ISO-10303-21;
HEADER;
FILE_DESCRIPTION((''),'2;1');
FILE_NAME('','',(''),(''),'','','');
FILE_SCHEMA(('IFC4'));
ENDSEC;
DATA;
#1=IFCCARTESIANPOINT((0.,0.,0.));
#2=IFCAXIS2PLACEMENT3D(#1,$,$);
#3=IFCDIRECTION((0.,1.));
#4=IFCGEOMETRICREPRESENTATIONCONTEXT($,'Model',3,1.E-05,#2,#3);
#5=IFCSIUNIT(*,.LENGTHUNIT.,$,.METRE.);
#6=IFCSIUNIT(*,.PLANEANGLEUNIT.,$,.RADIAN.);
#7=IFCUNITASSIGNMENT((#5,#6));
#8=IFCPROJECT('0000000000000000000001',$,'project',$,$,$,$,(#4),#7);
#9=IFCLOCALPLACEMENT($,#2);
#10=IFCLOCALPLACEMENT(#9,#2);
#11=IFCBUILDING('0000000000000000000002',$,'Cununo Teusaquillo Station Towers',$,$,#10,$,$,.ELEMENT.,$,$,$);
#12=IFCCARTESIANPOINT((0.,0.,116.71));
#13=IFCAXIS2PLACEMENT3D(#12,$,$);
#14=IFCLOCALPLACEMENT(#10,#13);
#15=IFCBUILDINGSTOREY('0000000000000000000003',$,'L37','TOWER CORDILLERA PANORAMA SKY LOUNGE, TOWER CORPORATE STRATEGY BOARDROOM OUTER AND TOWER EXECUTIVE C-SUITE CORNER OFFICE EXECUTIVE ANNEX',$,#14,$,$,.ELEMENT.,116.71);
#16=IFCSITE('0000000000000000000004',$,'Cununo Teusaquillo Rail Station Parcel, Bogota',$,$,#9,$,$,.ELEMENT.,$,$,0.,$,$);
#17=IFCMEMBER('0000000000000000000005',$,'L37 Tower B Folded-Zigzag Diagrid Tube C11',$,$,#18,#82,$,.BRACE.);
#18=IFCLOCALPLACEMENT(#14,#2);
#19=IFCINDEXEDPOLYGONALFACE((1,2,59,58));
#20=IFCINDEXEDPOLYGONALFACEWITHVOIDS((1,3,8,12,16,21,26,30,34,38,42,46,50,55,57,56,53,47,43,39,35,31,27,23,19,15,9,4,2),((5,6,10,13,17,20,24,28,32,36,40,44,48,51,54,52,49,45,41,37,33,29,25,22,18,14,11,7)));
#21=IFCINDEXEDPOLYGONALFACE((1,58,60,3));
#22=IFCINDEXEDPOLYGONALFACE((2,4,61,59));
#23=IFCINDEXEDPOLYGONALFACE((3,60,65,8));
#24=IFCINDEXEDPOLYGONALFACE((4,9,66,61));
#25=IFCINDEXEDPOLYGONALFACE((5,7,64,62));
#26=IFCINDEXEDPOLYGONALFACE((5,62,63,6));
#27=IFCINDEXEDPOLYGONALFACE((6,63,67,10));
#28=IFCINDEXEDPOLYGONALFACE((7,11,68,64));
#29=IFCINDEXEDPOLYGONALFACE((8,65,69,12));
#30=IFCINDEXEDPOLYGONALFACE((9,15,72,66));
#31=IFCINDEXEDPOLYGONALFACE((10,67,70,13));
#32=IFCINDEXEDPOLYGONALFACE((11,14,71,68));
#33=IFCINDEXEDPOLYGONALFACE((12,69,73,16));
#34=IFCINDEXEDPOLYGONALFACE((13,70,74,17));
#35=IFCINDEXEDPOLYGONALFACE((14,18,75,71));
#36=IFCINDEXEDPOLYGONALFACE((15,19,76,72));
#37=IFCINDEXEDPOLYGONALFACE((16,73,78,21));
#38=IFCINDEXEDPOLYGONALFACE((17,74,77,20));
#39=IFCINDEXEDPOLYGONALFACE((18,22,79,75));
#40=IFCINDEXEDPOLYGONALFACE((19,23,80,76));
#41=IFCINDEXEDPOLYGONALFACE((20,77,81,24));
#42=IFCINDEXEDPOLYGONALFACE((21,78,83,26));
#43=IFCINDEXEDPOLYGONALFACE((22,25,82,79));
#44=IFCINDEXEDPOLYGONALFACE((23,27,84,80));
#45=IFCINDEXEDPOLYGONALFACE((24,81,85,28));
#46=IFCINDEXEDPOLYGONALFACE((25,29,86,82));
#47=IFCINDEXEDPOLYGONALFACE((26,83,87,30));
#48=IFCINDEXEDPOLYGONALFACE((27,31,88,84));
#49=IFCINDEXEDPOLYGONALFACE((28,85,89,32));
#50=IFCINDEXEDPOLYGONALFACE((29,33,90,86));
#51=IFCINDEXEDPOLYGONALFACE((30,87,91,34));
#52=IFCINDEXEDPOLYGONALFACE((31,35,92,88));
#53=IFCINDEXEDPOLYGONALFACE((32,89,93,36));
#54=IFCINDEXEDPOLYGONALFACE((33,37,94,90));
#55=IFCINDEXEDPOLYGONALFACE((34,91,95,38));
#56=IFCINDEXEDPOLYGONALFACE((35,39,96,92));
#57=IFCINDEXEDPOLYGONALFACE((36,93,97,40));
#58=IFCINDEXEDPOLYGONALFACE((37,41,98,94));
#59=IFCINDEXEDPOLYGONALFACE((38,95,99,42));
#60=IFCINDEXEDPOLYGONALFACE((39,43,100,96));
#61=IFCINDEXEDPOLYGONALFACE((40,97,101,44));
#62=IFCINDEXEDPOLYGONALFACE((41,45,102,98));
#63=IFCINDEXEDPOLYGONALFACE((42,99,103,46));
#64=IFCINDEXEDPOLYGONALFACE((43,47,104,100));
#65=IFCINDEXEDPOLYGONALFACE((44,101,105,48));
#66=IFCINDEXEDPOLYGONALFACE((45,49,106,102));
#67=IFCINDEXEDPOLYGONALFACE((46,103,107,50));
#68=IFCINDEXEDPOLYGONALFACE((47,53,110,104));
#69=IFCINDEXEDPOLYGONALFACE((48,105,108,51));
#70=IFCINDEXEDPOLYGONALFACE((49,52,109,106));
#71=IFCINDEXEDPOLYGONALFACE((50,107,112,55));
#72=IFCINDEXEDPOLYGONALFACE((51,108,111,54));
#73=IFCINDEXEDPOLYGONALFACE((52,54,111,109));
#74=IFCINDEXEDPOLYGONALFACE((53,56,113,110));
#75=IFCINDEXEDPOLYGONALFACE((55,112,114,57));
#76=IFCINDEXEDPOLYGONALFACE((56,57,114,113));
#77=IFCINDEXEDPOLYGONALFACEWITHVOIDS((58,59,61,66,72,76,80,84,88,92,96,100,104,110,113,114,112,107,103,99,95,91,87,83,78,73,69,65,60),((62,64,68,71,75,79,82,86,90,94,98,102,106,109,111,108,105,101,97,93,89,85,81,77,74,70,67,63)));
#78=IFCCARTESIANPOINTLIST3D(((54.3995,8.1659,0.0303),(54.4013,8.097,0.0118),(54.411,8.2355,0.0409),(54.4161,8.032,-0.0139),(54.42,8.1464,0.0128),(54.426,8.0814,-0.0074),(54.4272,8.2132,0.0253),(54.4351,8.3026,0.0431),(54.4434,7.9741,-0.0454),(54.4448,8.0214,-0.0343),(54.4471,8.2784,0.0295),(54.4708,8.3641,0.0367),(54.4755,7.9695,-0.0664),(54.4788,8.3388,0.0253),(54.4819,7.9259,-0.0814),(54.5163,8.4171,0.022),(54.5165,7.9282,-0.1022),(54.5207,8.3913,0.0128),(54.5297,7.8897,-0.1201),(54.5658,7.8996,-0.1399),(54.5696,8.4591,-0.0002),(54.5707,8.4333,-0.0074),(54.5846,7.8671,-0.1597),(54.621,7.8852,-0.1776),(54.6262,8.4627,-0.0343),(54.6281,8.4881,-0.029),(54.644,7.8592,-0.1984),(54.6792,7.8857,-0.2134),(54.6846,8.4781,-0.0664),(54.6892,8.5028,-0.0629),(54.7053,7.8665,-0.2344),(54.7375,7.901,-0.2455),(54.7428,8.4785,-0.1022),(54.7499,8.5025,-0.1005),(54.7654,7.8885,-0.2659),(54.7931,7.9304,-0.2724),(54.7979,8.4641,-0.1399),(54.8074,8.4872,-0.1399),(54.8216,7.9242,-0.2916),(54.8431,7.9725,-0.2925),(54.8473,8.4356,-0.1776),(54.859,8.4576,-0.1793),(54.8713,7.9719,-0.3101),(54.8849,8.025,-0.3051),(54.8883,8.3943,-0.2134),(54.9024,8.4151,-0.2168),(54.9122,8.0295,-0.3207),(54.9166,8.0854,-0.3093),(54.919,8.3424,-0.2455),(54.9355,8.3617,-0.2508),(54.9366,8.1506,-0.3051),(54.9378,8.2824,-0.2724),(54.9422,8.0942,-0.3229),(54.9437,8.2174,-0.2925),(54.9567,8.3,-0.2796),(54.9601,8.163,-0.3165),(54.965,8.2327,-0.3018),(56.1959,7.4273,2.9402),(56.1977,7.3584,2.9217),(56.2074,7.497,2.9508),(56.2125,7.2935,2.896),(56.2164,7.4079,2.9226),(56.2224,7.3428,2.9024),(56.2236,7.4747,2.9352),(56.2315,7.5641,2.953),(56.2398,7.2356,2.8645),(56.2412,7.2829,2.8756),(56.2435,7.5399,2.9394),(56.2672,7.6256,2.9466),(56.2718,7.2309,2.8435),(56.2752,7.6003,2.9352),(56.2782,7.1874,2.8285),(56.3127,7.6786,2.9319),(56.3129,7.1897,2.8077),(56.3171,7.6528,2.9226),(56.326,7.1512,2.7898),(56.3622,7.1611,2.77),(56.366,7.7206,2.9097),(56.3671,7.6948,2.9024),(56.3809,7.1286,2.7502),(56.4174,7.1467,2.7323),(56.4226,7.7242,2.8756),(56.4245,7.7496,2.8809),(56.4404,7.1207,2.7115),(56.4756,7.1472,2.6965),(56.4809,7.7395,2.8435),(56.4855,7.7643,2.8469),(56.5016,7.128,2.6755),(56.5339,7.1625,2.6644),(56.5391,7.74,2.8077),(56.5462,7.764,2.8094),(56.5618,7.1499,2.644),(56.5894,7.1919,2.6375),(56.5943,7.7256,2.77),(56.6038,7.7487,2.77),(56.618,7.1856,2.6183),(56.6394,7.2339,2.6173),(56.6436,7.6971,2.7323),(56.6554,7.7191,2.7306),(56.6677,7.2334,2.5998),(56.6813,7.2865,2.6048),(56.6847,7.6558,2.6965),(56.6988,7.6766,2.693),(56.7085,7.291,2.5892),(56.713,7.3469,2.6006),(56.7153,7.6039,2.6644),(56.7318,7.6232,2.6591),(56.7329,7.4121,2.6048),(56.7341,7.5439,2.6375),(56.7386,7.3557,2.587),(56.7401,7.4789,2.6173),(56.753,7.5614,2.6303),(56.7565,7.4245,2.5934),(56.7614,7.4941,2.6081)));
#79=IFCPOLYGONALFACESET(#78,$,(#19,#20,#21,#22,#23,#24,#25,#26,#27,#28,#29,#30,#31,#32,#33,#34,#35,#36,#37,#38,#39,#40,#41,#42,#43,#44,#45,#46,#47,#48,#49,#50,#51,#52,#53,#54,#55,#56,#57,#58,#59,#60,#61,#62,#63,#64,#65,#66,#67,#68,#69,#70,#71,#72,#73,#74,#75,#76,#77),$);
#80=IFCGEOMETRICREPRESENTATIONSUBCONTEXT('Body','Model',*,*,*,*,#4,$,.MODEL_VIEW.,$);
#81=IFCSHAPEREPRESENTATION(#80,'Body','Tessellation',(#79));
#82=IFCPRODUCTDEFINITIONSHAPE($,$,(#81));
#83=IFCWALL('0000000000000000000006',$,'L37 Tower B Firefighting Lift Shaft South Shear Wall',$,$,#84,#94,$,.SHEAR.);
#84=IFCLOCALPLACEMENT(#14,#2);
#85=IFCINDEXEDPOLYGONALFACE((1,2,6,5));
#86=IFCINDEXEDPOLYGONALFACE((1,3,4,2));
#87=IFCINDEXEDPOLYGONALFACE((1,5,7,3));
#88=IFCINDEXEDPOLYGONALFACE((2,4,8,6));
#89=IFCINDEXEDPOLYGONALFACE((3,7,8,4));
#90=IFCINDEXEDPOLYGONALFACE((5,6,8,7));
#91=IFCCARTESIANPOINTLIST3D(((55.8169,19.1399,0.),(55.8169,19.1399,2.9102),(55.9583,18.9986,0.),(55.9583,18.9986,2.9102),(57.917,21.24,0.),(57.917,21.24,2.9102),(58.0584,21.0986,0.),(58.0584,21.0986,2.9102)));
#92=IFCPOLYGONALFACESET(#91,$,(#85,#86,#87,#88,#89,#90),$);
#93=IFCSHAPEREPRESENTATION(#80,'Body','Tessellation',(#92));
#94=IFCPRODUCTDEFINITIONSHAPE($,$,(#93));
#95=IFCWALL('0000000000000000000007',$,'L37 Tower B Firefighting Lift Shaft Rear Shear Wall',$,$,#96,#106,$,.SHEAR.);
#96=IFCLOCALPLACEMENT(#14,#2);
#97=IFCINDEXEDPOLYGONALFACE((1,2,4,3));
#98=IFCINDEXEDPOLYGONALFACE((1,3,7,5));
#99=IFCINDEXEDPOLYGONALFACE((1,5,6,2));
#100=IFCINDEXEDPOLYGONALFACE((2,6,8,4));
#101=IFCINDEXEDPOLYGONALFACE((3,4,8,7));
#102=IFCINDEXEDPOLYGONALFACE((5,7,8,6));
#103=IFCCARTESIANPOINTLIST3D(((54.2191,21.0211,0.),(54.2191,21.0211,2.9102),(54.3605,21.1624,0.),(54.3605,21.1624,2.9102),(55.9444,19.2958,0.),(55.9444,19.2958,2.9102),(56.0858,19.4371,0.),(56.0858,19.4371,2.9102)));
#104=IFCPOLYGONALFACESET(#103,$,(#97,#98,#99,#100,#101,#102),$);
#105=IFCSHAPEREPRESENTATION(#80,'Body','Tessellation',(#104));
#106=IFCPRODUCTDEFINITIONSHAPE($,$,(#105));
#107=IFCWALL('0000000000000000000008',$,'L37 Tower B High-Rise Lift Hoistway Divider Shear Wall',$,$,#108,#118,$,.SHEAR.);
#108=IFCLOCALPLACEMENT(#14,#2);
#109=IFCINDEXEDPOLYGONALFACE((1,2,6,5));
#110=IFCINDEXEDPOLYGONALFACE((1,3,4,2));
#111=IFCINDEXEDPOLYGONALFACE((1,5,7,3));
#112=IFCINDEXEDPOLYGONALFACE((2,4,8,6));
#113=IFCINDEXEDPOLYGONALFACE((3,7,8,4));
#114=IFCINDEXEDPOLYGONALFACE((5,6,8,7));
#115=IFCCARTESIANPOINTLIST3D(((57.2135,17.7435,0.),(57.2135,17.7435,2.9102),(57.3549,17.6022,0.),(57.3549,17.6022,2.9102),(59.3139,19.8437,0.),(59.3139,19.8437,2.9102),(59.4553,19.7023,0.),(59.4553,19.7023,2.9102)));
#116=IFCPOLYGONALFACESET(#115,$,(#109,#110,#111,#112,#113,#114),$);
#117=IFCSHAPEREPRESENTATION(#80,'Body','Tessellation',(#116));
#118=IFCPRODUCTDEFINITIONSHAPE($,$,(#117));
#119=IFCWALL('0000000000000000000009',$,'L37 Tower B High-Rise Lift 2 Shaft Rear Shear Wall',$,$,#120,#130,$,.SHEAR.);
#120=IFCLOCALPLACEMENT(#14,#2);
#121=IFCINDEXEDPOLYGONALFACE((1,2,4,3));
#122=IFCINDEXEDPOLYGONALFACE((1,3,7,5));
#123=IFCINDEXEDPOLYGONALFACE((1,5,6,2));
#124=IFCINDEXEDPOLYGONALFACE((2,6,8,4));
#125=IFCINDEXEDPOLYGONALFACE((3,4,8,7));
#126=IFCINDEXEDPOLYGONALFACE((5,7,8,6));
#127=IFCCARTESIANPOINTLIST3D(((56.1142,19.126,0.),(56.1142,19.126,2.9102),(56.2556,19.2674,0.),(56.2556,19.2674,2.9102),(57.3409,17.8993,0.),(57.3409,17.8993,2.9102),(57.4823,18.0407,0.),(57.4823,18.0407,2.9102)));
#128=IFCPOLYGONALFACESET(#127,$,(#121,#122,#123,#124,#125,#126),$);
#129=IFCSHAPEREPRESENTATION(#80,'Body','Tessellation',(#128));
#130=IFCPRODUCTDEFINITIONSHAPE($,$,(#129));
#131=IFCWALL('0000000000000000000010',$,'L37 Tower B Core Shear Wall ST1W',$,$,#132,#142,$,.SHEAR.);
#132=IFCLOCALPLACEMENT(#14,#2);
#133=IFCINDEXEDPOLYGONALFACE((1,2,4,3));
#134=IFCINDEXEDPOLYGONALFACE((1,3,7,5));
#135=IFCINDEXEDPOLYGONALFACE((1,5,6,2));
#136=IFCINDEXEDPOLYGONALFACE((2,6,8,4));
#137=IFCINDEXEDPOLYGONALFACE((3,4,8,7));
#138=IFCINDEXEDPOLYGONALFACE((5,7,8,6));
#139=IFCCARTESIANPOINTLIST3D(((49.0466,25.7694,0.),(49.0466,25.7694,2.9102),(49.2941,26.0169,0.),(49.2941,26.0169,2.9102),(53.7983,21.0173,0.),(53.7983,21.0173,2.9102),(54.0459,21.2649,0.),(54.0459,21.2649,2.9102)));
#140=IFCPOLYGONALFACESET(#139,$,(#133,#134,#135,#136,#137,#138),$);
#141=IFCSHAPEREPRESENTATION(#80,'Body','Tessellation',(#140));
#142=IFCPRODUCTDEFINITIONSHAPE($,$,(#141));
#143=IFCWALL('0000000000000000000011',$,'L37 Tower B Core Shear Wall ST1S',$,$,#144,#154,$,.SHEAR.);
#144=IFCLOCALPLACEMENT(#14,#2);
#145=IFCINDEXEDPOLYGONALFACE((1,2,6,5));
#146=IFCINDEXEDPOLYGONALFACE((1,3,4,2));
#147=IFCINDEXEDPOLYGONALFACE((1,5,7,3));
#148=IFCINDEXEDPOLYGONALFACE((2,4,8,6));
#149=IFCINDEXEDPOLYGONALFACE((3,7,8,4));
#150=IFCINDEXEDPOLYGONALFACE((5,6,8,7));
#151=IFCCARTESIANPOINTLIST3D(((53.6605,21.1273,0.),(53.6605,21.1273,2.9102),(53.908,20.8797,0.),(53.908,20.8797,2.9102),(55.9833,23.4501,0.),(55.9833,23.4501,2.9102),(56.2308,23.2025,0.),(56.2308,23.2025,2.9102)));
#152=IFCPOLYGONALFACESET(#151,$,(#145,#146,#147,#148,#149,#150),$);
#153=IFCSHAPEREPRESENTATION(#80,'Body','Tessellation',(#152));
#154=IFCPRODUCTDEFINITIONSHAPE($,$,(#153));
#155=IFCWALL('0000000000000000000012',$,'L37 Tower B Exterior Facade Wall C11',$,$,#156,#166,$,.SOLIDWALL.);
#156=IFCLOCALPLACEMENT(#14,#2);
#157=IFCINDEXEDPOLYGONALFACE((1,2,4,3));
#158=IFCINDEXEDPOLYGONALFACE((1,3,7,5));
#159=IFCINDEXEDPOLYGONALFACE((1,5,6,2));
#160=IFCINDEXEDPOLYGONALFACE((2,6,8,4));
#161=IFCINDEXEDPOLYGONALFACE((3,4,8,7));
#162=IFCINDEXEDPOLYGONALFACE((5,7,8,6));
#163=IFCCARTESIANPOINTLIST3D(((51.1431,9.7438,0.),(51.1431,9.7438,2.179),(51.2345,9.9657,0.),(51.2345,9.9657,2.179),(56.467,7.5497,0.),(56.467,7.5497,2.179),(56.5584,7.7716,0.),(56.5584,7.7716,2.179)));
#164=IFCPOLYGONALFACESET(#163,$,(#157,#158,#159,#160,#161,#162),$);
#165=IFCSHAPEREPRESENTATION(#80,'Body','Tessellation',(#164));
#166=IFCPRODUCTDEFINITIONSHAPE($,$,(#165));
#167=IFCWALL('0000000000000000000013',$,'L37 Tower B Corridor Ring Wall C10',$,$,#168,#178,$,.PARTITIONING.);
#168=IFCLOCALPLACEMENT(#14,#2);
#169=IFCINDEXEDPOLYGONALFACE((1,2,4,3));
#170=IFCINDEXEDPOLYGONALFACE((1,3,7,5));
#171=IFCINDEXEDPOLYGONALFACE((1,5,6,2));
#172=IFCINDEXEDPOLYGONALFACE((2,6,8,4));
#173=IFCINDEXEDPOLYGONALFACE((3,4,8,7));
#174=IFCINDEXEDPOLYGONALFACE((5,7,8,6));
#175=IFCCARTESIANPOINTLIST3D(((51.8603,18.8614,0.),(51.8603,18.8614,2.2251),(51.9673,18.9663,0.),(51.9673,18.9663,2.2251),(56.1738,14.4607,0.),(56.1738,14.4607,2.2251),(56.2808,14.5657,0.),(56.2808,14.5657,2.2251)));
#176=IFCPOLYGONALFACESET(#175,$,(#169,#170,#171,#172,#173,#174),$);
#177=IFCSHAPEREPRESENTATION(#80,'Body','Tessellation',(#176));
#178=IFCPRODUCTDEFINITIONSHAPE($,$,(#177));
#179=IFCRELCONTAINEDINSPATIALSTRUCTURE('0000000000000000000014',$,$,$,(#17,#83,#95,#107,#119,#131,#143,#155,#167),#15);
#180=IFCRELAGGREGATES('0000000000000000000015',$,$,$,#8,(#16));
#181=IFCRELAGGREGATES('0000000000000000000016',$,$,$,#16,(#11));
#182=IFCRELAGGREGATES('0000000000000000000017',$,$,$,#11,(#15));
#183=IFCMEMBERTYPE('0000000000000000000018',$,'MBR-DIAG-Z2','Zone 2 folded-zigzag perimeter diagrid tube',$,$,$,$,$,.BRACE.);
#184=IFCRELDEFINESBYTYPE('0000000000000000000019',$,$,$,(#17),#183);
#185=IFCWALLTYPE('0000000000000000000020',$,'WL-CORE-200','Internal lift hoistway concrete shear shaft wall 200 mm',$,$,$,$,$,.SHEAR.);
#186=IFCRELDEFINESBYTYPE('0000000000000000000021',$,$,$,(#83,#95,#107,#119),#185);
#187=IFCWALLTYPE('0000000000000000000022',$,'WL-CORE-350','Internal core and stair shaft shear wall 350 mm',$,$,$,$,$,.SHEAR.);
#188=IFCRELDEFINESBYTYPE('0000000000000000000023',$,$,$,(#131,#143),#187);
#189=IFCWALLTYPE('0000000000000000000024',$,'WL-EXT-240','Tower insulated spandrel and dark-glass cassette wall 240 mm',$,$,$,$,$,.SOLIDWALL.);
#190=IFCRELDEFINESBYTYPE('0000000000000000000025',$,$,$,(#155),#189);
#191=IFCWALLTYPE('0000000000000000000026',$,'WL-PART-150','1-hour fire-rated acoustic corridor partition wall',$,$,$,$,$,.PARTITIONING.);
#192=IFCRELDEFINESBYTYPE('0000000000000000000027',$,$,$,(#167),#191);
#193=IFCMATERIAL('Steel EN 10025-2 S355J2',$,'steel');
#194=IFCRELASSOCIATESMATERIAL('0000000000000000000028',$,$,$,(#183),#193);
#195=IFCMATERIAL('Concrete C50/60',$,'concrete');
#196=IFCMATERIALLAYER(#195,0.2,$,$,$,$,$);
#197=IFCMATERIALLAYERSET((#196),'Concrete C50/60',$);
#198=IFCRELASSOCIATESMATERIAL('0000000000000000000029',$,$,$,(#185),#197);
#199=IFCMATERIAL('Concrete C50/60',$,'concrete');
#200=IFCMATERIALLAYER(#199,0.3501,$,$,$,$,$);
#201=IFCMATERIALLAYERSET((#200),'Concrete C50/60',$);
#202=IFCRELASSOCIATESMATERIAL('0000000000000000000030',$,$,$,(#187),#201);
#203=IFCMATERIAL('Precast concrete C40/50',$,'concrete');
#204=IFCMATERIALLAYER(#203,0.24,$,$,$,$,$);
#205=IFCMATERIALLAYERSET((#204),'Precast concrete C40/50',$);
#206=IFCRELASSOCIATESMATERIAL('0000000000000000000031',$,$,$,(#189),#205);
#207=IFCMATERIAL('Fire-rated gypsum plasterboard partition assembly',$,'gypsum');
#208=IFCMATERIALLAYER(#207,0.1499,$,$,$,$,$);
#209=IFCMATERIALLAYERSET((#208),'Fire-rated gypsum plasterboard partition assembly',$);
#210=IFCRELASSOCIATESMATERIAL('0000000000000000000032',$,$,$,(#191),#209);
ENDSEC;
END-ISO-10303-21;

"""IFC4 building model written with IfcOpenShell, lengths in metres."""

from ifc_helpers import new_model, si_unit, direction, frame, frame_2d, origin, origin_2d, place, context, subcontext, project, spatial, rectangle, hollow_circle, extrude, material, layer, layer_set, material_profile, profile_set, type_object, element, save


model = new_model("IFC4")

# Units and contexts
model_context = context("Model", 3, precision=1e-05, world=origin(), true_north=direction((0.0, 1.0)))
body_context = subcontext(model_context, "Body", "Model", "MODEL_VIEW")
ifc_project = project(units=[si_unit("LENGTHUNIT", "METRE"), si_unit("PLANEANGLEUNIT", "RADIAN")], contexts=[model_context])

# Site, building, storey
site_placement = place(None, origin())
site = spatial("IfcSite", under=ifc_project, at=site_placement, Name="Cununo Teusaquillo Rail Station Parcel, Bogota", CompositionType="ELEMENT", RefElevation=0.0)
building_placement = place(site_placement, origin())
building = spatial("IfcBuilding", under=site, at=building_placement, Name="Cununo Teusaquillo Station Towers", CompositionType="ELEMENT")
storey_placement = place(building_placement, frame((0.0, 0.0, 116.71)))
storey = spatial("IfcBuildingStorey", under=building, at=storey_placement, Name="L37", Description="TOWER CORDILLERA PANORAMA SKY LOUNGE, TOWER CORPORATE STRATEGY BOARDROOM OUTER AND TOWER EXECUTIVE C-SUITE CORNER OFFICE EXECUTIVE ANNEX", CompositionType="ELEMENT", Elevation=116.71)

# Member
ifc_material_1 = material(Name="Steel EN 10025-2 S355J2", Category="steel")
ifc_material_profile_1 = material_profile(ifc_material_1, hollow_circle(Radius=0.3301, WallThickness=0.0249, at=origin_2d()), Name="CHS 660x25")
ifc_profile_set_1 = profile_set([ifc_material_profile_1], Name="Steel EN 10025-2 S355J2")
member_type = type_object("IfcMemberType", Name="MBR-DIAG-Z2", Description="Zone 2 folded-zigzag perimeter diagrid tube", PredefinedType="BRACE", material=ifc_profile_set_1)
member_placement = place(storey_placement, frame((54.6819, 8.1819, -0.1399), z_axis=(0.513463, -0.211093, 0.831743), x_axis=(0.380238, 0.924889, 0.0)))
element("IfcMember", 1, at=member_placement, inside=storey, type_object=member_type, Name="L37 Tower B Folded-Zigzag Diagrid Tube C11", PredefinedType="BRACE", context=body_context, shape_type="SweptSolid", body=[
    extrude(hollow_circle(Radius=0.3301, WallThickness=0.0249, at=origin_2d()), origin(), (0.0, 0.0, 1.0), 3.4985),
])

# Walls
ifc_material_2 = material(Name="Concrete C50/60", Category="concrete")
ifc_layer_1 = layer(ifc_material_2, 0.2)
ifc_layer_set_1 = layer_set([ifc_layer_1], Name="Concrete C50/60")
wall_type_1 = type_object("IfcWallType", Name="WL-CORE-200", Description="Internal lift hoistway concrete shear shaft wall 200 mm", PredefinedType="SHEAR", material=ifc_layer_set_1)
wall_1_placement = place(storey_placement, frame((55.8877, 19.0693, 0.0), z_axis=(0.0, 0.0, 1.0), x_axis=(0.707107, 0.707107, 0.0)))
element("IfcWall", 2, at=wall_1_placement, inside=storey, type_object=wall_type_1, Name="L37 Tower B Firefighting Lift Shaft South Shear Wall", PredefinedType="SHEAR", context=body_context, shape_type="SweptSolid", body=[
    extrude(rectangle(XDim=2.97, YDim=0.2, at=frame_2d((1.4849, 0.0))), origin(), (0.0, 0.0, 1.0), 2.9102),
])
wall_2_placement = place(storey_placement, frame((56.0151, 19.3665, 0.0), z_axis=(0.0, 0.0, 1.0), x_axis=(-0.707107, 0.707107, 0.0)))
element("IfcWall", 3, at=wall_2_placement, inside=storey, type_object=wall_type_1, Name="L37 Tower B Firefighting Lift Shaft Rear Shear Wall", PredefinedType="SHEAR", context=body_context, shape_type="SweptSolid", body=[
    extrude(rectangle(XDim=2.4399, YDim=0.2, at=frame_2d((1.22, 0.0))), origin(), (0.0, 0.0, 1.0), 2.9102),
])
wall_3_placement = place(storey_placement, frame((57.2842, 17.6729, 0.0), z_axis=(0.0, 0.0, 1.0), x_axis=(0.707148, 0.707066, 0.0)))
element("IfcWall", 4, at=wall_3_placement, inside=storey, type_object=wall_type_1, Name="L37 Tower B High-Rise Lift Hoistway Divider Shear Wall", PredefinedType="SHEAR", context=body_context, shape_type="SweptSolid", body=[
    extrude(rectangle(XDim=2.9702, YDim=0.2, at=frame_2d((1.4851, 0.0))), origin(), (0.0, 0.0, 1.0), 2.9102),
])
wall_4_placement = place(storey_placement, frame((57.4116, 17.97, 0.0), z_axis=(0.0, 0.0, 1.0), x_axis=(-0.707107, 0.707107, 0.0)))
element("IfcWall", 5, at=wall_4_placement, inside=storey, type_object=wall_type_1, Name="L37 Tower B High-Rise Lift 2 Shaft Rear Shear Wall", PredefinedType="SHEAR", context=body_context, shape_type="SweptSolid", body=[
    extrude(rectangle(XDim=1.7349, YDim=0.2, at=frame_2d((0.8674, 0.0))), origin(), (0.0, 0.0, 1.0), 2.9102),
])
ifc_material_3 = material(Name="Concrete C50/60", Category="concrete")
ifc_layer_2 = layer(ifc_material_3, 0.3501)
ifc_layer_set_2 = layer_set([ifc_layer_2], Name="Concrete C50/60")
wall_type_2 = type_object("IfcWallType", Name="WL-CORE-350", Description="Internal core and stair shaft shear wall 350 mm", PredefinedType="SHEAR", material=ifc_layer_set_2)
wall_5_placement = place(storey_placement, frame((53.9221, 21.1411, 0.0), z_axis=(0.0, 0.0, 1.0), x_axis=(-0.707089, 0.707125, 0.0)))
element("IfcWall", 6, at=wall_5_placement, inside=storey, type_object=wall_type_2, Name="L37 Tower B Core Shear Wall ST1W", PredefinedType="SHEAR", context=body_context, shape_type="SweptSolid", body=[
    extrude(rectangle(XDim=6.7202, YDim=0.3501, at=frame_2d((3.3601, 0.0))), origin(), (0.0, 0.0, 1.0), 2.9102),
])
wall_6_placement = place(storey_placement, frame((53.7842, 21.0034, 0.0), z_axis=(0.0, 0.0, 1.0), x_axis=(0.707107, 0.707107, 0.0)))
element("IfcWall", 7, at=wall_6_placement, inside=storey, type_object=wall_type_2, Name="L37 Tower B Core Shear Wall ST1S", PredefinedType="SHEAR", context=body_context, shape_type="SweptSolid", body=[
    extrude(rectangle(XDim=3.2849, YDim=0.3501, at=frame_2d((1.6426, 0.0))), origin(), (0.0, 0.0, 1.0), 2.9102),
])
ifc_material_4 = material(Name="Precast concrete C40/50", Category="concrete")
ifc_layer_3 = layer(ifc_material_4, 0.24)
ifc_layer_set_3 = layer_set([ifc_layer_3], Name="Precast concrete C40/50")
wall_type_3 = type_object("IfcWallType", Name="WL-EXT-240", Description="Tower insulated spandrel and dark-glass cassette wall 240 mm", PredefinedType="SOLIDWALL", material=ifc_layer_set_3)
wall_7_placement = place(storey_placement, frame((56.5127, 7.6606, 0.0), z_axis=(0.0, 0.0, 1.0), x_axis=(-0.924564, 0.381027, 0.0)))
element("IfcWall", 8, at=wall_7_placement, inside=storey, type_object=wall_type_3, Name="L37 Tower B Exterior Facade Wall C11", PredefinedType="SOLIDWALL", context=body_context, shape_type="SweptSolid", body=[
    extrude(rectangle(XDim=5.7583, YDim=0.24, at=frame_2d((2.8792, 0.0))), origin(), (0.0, 0.0, 1.0), 2.179),
])
ifc_material_5 = material(Name="Fire-rated gypsum plasterboard partition assembly", Category="gypsum")
ifc_layer_4 = layer(ifc_material_5, 0.1499)
ifc_layer_set_4 = layer_set([ifc_layer_4], Name="Fire-rated gypsum plasterboard partition assembly")
wall_type_4 = type_object("IfcWallType", Name="WL-PART-150", Description="1-hour fire-rated acoustic corridor partition wall", PredefinedType="PARTITIONING", material=ifc_layer_set_4)
wall_8_placement = place(storey_placement, frame((51.9138, 18.9138, 0.0), z_axis=(0.0, 0.0, 1.0), x_axis=(0.699999, -0.714144, 0.0)))
element("IfcWall", 9, at=wall_8_placement, inside=storey, type_object=wall_type_4, Name="L37 Tower B Corridor Ring Wall C10", PredefinedType="PARTITIONING", context=body_context, shape_type="SweptSolid", body=[
    extrude(rectangle(XDim=6.1621, YDim=0.1499, at=frame_2d((3.0811, 0.0))), origin(), (0.0, 0.0, 1.0), 2.2251),
])

save(model, "model.ifc")
